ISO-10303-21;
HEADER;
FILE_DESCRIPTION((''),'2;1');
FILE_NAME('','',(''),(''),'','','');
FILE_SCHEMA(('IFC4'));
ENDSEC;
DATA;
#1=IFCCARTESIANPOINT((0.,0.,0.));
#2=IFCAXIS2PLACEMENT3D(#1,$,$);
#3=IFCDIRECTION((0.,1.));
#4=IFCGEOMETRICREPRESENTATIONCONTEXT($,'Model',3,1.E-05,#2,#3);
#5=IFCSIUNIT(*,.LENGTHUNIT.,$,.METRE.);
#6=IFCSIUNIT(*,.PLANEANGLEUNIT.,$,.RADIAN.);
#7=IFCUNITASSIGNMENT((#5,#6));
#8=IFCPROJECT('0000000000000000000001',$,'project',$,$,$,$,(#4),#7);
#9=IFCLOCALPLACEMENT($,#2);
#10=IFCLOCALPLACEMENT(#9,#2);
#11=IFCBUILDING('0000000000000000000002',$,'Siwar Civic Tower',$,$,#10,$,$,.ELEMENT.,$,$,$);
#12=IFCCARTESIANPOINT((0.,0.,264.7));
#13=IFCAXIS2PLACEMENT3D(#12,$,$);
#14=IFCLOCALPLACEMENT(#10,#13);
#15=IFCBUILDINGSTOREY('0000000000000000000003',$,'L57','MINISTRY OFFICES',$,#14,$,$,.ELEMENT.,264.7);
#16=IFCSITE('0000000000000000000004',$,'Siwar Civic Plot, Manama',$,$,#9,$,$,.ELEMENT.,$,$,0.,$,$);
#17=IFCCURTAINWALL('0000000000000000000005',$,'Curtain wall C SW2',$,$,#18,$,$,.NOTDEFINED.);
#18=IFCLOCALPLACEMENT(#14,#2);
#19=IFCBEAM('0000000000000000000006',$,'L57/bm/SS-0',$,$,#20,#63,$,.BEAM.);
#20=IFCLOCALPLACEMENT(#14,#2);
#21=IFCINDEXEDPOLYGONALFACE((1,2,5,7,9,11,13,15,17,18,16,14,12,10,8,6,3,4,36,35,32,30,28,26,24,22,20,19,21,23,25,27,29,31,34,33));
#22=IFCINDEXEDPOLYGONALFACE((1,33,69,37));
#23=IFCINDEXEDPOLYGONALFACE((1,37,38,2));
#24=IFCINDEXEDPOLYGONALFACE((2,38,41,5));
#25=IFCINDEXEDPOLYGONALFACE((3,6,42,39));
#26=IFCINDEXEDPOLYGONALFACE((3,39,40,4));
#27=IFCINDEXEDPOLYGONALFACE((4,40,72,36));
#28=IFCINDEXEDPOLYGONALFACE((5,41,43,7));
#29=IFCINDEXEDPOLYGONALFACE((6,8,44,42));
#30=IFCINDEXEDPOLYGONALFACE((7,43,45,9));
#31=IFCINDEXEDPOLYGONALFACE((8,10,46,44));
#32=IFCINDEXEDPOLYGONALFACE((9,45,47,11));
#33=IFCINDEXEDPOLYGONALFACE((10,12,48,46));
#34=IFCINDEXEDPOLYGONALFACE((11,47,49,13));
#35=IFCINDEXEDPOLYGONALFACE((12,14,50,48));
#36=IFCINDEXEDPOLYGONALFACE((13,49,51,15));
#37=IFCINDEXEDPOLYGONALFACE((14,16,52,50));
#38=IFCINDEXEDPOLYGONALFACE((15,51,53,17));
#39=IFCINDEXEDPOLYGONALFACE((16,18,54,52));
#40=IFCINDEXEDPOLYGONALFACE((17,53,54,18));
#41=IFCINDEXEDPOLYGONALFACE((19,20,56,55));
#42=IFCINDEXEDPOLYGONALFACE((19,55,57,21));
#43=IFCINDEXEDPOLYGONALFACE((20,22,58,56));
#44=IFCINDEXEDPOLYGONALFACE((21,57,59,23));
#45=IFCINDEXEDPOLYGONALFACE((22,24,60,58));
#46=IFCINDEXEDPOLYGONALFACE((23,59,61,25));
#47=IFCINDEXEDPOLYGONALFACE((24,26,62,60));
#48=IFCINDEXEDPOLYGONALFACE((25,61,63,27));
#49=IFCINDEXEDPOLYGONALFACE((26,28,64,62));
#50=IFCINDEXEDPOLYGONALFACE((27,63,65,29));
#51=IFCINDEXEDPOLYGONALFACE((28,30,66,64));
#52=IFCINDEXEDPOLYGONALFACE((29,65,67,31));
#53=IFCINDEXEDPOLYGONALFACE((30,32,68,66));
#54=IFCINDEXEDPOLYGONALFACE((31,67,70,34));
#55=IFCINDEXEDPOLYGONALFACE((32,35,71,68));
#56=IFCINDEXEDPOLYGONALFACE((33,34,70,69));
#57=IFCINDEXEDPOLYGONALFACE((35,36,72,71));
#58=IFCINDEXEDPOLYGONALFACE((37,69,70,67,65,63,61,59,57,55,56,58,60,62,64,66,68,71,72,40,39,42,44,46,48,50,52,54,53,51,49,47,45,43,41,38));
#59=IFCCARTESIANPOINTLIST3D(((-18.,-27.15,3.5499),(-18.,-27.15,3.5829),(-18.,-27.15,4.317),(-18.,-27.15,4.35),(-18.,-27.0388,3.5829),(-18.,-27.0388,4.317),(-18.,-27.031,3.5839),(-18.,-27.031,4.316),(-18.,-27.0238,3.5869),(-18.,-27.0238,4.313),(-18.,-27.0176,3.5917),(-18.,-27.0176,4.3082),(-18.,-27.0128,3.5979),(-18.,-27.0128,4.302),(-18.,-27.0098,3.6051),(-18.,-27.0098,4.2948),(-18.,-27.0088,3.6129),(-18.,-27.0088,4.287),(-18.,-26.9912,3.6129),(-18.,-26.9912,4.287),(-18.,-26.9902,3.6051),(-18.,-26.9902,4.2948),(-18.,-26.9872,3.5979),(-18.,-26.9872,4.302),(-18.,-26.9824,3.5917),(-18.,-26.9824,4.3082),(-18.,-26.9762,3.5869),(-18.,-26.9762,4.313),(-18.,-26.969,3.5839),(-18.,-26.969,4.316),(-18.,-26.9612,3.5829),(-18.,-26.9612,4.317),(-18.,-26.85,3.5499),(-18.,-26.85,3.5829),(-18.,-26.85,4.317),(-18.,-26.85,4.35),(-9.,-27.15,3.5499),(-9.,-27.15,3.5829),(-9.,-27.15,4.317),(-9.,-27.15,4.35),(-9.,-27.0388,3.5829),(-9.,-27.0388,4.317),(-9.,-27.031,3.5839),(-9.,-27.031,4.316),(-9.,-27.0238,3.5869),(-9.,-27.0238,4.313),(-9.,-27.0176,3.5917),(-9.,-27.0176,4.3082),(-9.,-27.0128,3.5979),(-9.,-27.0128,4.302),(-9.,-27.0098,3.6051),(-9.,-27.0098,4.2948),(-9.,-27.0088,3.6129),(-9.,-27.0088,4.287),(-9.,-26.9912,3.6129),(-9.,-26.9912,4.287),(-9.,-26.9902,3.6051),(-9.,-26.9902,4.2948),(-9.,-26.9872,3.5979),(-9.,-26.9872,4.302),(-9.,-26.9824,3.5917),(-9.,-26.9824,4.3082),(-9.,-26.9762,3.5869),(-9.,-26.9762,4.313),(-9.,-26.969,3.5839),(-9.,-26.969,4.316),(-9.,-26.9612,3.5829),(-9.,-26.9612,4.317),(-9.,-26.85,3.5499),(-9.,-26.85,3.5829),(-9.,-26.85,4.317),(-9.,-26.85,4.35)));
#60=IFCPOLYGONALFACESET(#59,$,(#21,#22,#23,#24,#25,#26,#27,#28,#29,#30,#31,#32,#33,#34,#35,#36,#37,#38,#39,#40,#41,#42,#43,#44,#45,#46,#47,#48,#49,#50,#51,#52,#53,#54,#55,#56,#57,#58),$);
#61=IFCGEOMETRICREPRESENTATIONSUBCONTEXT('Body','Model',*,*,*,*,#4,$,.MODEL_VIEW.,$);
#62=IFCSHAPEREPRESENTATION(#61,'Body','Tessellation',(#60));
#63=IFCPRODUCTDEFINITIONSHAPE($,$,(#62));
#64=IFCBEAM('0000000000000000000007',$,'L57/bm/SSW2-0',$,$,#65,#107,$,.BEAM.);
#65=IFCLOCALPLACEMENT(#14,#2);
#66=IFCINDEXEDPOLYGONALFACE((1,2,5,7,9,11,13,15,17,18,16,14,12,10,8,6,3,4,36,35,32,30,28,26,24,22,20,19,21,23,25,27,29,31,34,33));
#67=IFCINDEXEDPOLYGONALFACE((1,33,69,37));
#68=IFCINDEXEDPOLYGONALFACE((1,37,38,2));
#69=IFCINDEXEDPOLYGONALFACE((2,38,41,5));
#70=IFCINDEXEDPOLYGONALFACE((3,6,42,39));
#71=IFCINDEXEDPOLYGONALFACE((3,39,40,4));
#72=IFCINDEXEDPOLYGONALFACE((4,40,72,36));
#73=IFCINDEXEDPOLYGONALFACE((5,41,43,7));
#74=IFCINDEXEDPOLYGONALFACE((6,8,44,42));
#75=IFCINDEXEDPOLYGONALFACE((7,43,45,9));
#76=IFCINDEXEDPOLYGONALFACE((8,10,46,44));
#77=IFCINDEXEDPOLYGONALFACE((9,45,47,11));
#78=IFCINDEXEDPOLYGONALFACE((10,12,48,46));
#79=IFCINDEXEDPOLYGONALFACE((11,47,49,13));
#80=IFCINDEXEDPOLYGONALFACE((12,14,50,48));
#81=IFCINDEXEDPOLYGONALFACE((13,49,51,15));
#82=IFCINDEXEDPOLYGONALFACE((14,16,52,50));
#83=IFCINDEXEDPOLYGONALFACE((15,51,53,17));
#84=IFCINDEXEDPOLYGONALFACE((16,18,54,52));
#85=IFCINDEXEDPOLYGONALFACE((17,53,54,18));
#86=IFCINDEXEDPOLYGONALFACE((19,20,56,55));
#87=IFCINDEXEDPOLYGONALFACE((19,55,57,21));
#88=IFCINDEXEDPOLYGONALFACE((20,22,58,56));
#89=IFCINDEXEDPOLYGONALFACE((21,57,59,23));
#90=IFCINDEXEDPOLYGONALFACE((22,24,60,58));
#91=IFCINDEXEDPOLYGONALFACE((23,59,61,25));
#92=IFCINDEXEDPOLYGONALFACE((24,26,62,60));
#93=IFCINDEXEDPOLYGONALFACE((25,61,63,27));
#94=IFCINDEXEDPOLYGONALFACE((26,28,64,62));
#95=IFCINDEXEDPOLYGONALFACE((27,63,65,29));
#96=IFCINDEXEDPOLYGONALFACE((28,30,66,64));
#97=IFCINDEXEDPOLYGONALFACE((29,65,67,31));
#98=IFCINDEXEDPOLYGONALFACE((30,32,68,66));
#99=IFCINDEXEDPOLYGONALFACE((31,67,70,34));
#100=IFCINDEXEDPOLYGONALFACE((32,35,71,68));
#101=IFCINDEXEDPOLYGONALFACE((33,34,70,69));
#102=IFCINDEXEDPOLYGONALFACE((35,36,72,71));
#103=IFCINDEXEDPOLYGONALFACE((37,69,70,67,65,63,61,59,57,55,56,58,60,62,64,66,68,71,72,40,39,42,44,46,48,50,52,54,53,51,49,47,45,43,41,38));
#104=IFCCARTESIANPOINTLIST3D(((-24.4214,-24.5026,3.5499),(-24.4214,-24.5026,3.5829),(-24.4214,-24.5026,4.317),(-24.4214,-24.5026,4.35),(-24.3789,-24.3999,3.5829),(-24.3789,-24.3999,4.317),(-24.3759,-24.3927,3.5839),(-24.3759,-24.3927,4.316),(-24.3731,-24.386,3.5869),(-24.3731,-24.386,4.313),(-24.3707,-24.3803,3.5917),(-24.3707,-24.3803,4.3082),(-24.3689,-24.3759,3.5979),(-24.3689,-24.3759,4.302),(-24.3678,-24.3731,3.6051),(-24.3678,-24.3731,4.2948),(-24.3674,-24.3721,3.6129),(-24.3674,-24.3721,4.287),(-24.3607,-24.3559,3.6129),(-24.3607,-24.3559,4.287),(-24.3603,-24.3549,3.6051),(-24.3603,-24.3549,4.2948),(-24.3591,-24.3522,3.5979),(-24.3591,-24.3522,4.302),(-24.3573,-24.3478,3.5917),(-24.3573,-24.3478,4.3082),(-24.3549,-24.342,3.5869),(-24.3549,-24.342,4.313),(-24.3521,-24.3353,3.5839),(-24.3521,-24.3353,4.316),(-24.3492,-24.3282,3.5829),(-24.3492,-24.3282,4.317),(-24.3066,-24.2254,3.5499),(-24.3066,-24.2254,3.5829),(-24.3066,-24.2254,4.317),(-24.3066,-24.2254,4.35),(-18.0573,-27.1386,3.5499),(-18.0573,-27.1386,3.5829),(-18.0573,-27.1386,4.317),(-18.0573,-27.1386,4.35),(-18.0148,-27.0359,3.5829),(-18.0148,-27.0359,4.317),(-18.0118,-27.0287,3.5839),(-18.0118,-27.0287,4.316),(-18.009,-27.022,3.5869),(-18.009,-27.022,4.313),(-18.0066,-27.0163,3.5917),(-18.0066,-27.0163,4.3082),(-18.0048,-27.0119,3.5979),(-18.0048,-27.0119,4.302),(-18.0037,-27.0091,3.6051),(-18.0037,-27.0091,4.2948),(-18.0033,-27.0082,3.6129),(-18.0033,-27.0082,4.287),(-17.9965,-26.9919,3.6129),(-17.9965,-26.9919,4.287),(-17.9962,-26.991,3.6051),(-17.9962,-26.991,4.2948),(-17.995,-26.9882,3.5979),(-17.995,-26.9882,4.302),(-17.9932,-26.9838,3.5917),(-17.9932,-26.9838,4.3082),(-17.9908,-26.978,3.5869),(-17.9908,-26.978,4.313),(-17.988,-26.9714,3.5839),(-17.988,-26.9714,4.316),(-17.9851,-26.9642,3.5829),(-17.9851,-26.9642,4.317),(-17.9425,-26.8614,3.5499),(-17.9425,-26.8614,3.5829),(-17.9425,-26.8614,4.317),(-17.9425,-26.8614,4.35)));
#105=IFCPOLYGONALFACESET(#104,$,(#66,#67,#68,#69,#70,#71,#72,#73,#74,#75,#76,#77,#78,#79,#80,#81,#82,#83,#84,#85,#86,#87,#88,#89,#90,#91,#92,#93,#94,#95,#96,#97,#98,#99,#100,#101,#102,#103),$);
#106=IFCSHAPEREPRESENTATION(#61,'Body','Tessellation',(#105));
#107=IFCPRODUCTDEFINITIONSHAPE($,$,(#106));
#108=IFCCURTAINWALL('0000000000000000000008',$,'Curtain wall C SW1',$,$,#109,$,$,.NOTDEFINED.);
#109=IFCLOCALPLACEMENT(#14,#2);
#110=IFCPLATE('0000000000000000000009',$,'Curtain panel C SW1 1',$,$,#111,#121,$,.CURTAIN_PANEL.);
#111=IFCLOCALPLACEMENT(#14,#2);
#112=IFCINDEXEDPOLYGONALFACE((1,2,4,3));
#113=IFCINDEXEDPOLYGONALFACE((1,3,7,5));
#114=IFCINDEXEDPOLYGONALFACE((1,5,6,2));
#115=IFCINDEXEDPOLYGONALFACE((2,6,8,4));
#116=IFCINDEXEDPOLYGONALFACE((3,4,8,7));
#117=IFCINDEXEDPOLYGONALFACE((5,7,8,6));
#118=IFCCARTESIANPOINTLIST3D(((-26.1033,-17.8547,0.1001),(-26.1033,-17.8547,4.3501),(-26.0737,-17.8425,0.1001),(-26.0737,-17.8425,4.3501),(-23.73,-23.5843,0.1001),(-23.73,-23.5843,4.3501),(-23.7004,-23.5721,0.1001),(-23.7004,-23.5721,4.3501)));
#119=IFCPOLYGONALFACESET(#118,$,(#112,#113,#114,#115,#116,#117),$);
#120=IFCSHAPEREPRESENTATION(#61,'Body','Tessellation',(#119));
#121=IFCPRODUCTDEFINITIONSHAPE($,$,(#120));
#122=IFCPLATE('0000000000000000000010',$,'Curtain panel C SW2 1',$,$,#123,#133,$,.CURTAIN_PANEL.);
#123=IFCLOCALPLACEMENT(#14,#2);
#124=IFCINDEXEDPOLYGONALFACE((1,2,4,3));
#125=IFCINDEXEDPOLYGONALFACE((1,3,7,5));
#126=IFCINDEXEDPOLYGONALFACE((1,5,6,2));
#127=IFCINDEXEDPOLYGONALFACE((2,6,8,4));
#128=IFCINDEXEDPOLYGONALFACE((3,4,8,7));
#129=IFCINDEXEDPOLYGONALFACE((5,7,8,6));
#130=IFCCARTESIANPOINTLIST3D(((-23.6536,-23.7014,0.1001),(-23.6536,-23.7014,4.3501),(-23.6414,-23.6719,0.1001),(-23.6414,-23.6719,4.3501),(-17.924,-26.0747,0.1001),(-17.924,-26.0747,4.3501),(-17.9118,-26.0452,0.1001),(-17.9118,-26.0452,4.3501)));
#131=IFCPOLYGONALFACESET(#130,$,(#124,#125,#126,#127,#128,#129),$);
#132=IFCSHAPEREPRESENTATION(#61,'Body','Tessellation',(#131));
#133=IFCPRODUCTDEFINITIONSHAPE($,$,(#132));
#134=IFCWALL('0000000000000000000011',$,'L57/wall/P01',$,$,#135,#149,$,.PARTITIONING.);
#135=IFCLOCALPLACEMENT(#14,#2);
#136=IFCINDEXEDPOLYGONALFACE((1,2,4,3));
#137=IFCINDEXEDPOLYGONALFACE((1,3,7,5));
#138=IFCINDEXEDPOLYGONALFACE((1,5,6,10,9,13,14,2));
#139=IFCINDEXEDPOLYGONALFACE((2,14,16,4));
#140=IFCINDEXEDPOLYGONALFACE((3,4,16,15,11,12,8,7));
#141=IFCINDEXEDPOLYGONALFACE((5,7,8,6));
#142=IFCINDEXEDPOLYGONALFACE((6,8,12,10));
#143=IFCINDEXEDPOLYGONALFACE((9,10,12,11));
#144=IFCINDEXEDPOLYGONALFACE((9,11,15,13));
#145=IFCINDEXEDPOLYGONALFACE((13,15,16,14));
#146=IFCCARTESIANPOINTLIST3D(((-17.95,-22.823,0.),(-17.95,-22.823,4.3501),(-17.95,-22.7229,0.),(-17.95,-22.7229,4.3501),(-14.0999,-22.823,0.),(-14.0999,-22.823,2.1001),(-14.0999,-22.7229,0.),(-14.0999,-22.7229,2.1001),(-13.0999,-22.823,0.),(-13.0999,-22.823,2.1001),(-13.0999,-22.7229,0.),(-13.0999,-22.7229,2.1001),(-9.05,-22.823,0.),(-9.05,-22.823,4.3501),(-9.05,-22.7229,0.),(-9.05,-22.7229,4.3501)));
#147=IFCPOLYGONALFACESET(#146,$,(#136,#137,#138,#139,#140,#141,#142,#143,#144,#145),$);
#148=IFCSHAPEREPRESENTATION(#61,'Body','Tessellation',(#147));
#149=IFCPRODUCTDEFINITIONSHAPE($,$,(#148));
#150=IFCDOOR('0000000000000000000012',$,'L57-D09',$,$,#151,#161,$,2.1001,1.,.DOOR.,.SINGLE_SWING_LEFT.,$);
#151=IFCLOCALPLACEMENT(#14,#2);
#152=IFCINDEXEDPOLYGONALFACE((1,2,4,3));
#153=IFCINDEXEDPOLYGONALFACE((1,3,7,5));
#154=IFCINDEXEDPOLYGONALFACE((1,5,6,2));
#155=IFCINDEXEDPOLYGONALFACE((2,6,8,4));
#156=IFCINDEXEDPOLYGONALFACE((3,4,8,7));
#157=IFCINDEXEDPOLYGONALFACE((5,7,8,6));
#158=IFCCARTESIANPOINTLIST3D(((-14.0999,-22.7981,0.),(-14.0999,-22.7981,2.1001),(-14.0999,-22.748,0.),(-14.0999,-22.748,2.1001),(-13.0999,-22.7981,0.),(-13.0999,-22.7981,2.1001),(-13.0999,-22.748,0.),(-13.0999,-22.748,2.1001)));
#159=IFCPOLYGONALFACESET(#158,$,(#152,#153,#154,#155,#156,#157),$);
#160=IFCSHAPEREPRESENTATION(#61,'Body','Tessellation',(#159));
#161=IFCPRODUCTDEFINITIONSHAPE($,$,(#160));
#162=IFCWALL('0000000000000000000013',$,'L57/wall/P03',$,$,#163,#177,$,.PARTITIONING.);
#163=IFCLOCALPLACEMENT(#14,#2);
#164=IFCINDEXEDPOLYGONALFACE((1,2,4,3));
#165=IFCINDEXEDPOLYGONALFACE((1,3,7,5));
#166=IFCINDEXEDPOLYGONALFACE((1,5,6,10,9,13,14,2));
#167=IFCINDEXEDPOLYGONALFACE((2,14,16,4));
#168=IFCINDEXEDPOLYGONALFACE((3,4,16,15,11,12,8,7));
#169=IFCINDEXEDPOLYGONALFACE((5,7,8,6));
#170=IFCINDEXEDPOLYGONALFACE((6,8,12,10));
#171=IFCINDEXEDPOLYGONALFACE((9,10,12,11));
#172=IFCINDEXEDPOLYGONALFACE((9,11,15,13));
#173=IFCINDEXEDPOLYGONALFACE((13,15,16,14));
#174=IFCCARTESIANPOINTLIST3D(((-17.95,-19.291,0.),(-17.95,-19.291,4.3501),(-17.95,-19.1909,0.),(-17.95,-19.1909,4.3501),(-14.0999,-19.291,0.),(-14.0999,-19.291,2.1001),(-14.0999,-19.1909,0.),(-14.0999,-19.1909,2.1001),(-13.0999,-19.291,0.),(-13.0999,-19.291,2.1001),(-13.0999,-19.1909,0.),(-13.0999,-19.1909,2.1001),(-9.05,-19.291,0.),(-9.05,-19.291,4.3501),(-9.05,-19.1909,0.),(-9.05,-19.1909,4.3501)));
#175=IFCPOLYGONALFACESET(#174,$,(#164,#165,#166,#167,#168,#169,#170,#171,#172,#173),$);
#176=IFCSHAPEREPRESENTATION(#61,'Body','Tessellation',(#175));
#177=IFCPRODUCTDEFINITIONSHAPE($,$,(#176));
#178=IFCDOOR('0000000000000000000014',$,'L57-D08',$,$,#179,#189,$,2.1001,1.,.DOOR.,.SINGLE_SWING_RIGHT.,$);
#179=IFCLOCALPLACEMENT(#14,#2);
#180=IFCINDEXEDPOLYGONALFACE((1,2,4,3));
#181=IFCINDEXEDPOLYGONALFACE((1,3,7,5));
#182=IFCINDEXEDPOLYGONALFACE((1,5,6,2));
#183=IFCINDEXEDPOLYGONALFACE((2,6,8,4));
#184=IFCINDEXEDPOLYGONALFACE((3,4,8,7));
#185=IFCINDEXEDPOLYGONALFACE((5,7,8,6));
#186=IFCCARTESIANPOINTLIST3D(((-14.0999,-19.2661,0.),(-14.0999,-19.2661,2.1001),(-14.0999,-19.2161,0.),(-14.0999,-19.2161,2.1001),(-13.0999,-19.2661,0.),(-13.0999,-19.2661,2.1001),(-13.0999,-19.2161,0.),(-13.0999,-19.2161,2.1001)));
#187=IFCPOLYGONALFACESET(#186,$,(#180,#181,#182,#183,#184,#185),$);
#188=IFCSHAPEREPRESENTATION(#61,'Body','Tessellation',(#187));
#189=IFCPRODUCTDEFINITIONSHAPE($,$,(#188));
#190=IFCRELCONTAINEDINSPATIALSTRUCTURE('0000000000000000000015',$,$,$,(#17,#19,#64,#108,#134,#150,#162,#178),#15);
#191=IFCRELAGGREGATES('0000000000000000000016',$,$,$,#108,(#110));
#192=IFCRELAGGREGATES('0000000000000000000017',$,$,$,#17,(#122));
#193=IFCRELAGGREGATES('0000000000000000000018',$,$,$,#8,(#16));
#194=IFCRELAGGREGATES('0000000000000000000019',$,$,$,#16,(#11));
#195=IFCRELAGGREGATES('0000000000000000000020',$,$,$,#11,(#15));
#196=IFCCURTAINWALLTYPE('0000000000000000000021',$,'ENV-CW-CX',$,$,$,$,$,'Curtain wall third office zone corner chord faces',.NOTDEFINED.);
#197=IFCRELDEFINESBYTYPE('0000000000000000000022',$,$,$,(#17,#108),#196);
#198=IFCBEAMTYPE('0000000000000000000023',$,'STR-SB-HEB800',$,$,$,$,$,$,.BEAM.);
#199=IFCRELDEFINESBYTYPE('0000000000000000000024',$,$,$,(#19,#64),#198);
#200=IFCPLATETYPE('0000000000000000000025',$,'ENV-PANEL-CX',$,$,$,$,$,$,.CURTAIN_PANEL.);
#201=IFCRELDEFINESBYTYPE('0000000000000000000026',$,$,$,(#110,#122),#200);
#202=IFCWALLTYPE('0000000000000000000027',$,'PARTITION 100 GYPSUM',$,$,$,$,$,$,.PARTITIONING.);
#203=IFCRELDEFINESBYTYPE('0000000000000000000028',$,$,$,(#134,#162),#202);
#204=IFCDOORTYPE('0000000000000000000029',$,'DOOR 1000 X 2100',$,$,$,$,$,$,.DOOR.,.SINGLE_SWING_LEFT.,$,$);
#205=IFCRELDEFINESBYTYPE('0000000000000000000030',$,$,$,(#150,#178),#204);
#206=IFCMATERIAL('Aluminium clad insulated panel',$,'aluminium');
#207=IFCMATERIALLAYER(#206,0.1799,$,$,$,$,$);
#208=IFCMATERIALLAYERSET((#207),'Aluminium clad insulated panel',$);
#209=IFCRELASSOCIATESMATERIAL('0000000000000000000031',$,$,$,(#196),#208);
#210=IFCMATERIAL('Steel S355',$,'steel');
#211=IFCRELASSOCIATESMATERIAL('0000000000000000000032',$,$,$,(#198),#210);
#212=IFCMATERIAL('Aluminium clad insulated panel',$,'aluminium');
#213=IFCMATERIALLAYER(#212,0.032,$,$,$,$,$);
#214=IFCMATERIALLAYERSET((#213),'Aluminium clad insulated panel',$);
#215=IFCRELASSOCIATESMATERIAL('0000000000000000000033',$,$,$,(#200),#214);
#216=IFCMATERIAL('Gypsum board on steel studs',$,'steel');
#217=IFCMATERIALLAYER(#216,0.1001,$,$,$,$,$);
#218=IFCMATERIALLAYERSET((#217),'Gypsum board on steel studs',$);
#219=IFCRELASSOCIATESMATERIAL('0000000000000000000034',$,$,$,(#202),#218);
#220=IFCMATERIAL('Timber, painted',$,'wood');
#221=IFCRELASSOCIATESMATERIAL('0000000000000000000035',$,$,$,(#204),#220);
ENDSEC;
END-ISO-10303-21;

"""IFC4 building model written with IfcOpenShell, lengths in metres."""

from ifc_helpers import new_model, si_unit, direction, frame, frame_2d, origin, origin_2d, place, context, subcontext, project, spatial, rectangle, i_section, extrude, material, layer, layer_set, material_profile, profile_set, type_object, element, fill, aggregate, save


model = new_model("IFC4")

# Units and contexts
model_context = context("Model", 3, precision=1e-05, world=origin(), true_north=direction((0.0, 1.0)))
body_context = subcontext(model_context, "Body", "Model", "MODEL_VIEW")
ifc_project = project(units=[si_unit("LENGTHUNIT", "METRE"), si_unit("PLANEANGLEUNIT", "RADIAN")], contexts=[model_context])

# Site, building, storey
site_placement = place(None, origin())
site = spatial("IfcSite", under=ifc_project, at=site_placement, Name="Siwar Civic Plot, Manama", CompositionType="ELEMENT", RefElevation=0.0)
building_placement = place(site_placement, origin())
building = spatial("IfcBuilding", under=site, at=building_placement, Name="Siwar Civic Tower", CompositionType="ELEMENT")
storey_placement = place(building_placement, frame((0.0, 0.0, 264.7)))
storey = spatial("IfcBuildingStorey", under=building, at=storey_placement, Name="L57", Description="MINISTRY OFFICES", CompositionType="ELEMENT", Elevation=264.7)

# Curtain wall
ifc_material_1 = material(Name="Aluminium clad insulated panel", Category="aluminium")
ifc_layer_1 = layer(ifc_material_1, 0.1799)
ifc_layer_set_1 = layer_set([ifc_layer_1], Name="Aluminium clad insulated panel")
curtain_wall_type = type_object("IfcCurtainWallType", Name="ENV-CW-CX", ElementType="Curtain wall third office zone corner chord faces", PredefinedType="NOTDEFINED", material=ifc_layer_set_1)
curtain_wall_1_placement = place(storey_placement, origin())
curtain_wall_1 = element("IfcCurtainWall", 1, at=curtain_wall_1_placement, inside=storey, type_object=curtain_wall_type, Name="Curtain wall C SW2", PredefinedType="NOTDEFINED")

# Beams
ifc_material_2 = material(Name="Steel S355", Category="steel")
ifc_material_profile_1 = material_profile(ifc_material_2, i_section(OverallWidth=0.3, OverallDepth=0.8, WebThickness=0.0176, FlangeThickness=0.033, FilletRadius=0.03, at=origin_2d()), Name="HEB800")
ifc_profile_set_1 = profile_set([ifc_material_profile_1], Name="Steel S355")
beam_type_1 = type_object("IfcBeamType", Name="STR-SB-HEB800", PredefinedType="BEAM", material=ifc_profile_set_1)
beam_1_placement = place(storey_placement, frame((-18.0, -27.0, 3.95), z_axis=(1.0, 0.0, 0.0), x_axis=(0.0, 1.0, 0.0)))
element("IfcBeam", 2, at=beam_1_placement, inside=storey, type_object=beam_type_1, Name="L57/bm/SS-0", PredefinedType="BEAM", context=body_context, shape_type="SweptSolid", body=[
    extrude(i_section(OverallWidth=0.3, OverallDepth=0.8, WebThickness=0.0176, FlangeThickness=0.033, FilletRadius=0.03, at=origin_2d()), origin(), (0.0, 0.0, 1.0), 9.0),
])
beam_2_placement = place(storey_placement, frame((-24.364, -24.364, 3.95), z_axis=(0.923883, -0.382674, 0.0), x_axis=(0.382674, 0.923883, 0.0)))
element("IfcBeam", 3, at=beam_2_placement, inside=storey, type_object=beam_type_1, Name="L57/bm/SSW2-0", PredefinedType="BEAM", context=body_context, shape_type="SweptSolid", body=[
    extrude(i_section(OverallWidth=0.3, OverallDepth=0.8, WebThickness=0.0176, FlangeThickness=0.033, FilletRadius=0.03, at=origin_2d()), origin(), (0.0, 0.0, 1.0), 6.8884),
])

# Curtain wall, plate
curtain_wall_2_placement = place(storey_placement, origin())
curtain_wall_2 = element("IfcCurtainWall", 4, at=curtain_wall_2_placement, inside=storey, type_object=curtain_wall_type, Name="Curtain wall C SW1", PredefinedType="NOTDEFINED")
ifc_material_3 = material(Name="Aluminium clad insulated panel", Category="aluminium")
ifc_layer_2 = layer(ifc_material_3, 0.032)
ifc_layer_set_2 = layer_set([ifc_layer_2], Name="Aluminium clad insulated panel")
plate_type = type_object("IfcPlateType", Name="ENV-PANEL-CX", PredefinedType="CURTAIN_PANEL", material=ifc_layer_set_2)
plate_1_placement = place(storey_placement, frame((-24.9019, -20.7134, 0.1001), z_axis=(0.0, 0.0, 1.0), x_axis=(0.382683, -0.92388, 0.0)))
plate_1 = element("IfcPlate", 5, at=plate_1_placement, type_object=plate_type, Name="Curtain panel C SW1 1", PredefinedType="CURTAIN_PANEL", context=body_context, shape_type="SweptSolid", body=[
    extrude(rectangle(XDim=6.2017, YDim=0.032, at=origin_2d()), origin(), (0.0, 0.0, 1.0), 4.25),
])
aggregate(curtain_wall_2, [plate_1])

# Plate
plate_2_placement = place(storey_placement, frame((-20.7827, -24.8733, 0.1001), z_axis=(0.0, 0.0, 1.0), x_axis=(0.92388, -0.382683, 0.0)))
plate_2 = element("IfcPlate", 6, at=plate_2_placement, type_object=plate_type, Name="Curtain panel C SW2 1", PredefinedType="CURTAIN_PANEL", context=body_context, shape_type="SweptSolid", body=[
    extrude(rectangle(XDim=6.2017, YDim=0.032, at=origin_2d()), origin(), (0.0, 0.0, 1.0), 4.25),
])
aggregate(curtain_wall_1, [plate_2])

# Walls, openings, doors
ifc_material_4 = material(Name="Gypsum board on steel studs", Category="steel")
ifc_layer_3 = layer(ifc_material_4, 0.1001)
ifc_layer_set_3 = layer_set([ifc_layer_3], Name="Gypsum board on steel studs")
wall_type = type_object("IfcWallType", Name="PARTITION 100 GYPSUM", PredefinedType="PARTITIONING", material=ifc_layer_set_3)
wall_1_placement = place(storey_placement, frame((-17.95, -22.7729, 0.0), z_axis=(0.0, 0.0, 1.0), x_axis=(1.0, 0.0, 0.0)))
wall_1 = element("IfcWall", 7, at=wall_1_placement, inside=storey, type_object=wall_type, Name="L57/wall/P01", PredefinedType="PARTITIONING", context=body_context, shape_type="SweptSolid", body=[
    extrude(rectangle(XDim=8.8999, YDim=0.1001, at=frame_2d((4.45, 0.0))), origin(), (0.0, 0.0, 1.0), 4.3501),
])
opening_1_placement = place(wall_1_placement, frame((3.8501, 0.0, 0.0)))
opening_1 = element("IfcOpeningElement", 8, at=opening_1_placement, cuts=wall_1, PredefinedType="OPENING", context=body_context, shape_type="SweptSolid", body=[
    extrude(rectangle(XDim=1.0, YDim=2.1001, at=frame_2d((0.5, 1.05))), frame((0.0, 0.0601, 0.0), z_axis=(0.0, -1.0, 0.0), x_axis=(1.0, 0.0, 0.0)), (0.0, 0.0, 1.0), 0.1201),
])
ifc_material_5 = material(Name="Timber, painted", Category="wood")
door_type = type_object("IfcDoorType", Name="DOOR 1000 X 2100", OperationType="SINGLE_SWING_LEFT", PredefinedType="DOOR", material=ifc_material_5)
door_1_placement = place(opening_1_placement, origin())
door_1 = element("IfcDoor", 9, at=door_1_placement, inside=storey, type_object=door_type, Name="L57-D09", OperationType="SINGLE_SWING_LEFT", OverallHeight=2.1001, OverallWidth=1.0, PredefinedType="DOOR", context=body_context, shape_type="SweptSolid", body=[
    extrude(rectangle(XDim=1.0, YDim=2.1001, at=frame_2d((0.5, 1.05))), frame((0.0, 0.0249, 0.0), z_axis=(0.0, -1.0, 0.0), x_axis=(1.0, 0.0, 0.0)), (0.0, 0.0, 1.0), 0.05),
])
fill(opening_1, door_1)
wall_2_placement = place(storey_placement, frame((-17.95, -19.241, 0.0), z_axis=(0.0, 0.0, 1.0), x_axis=(1.0, 0.0, 0.0)))
wall_2 = element("IfcWall", 10, at=wall_2_placement, inside=storey, type_object=wall_type, Name="L57/wall/P03", PredefinedType="PARTITIONING", context=body_context, shape_type="SweptSolid", body=[
    extrude(rectangle(XDim=8.8999, YDim=0.1001, at=frame_2d((4.45, 0.0))), origin(), (0.0, 0.0, 1.0), 4.3501),
])
opening_2_placement = place(wall_2_placement, frame((3.8501, 0.0, 0.0)))
opening_2 = element("IfcOpeningElement", 11, at=opening_2_placement, cuts=wall_2, PredefinedType="OPENING", context=body_context, shape_type="SweptSolid", body=[
    extrude(rectangle(XDim=1.0, YDim=2.1001, at=frame_2d((0.5, 1.05))), frame((0.0, 0.0601, 0.0), z_axis=(0.0, -1.0, 0.0), x_axis=(1.0, 0.0, 0.0)), (0.0, 0.0, 1.0), 0.1201),
])
door_2_placement = place(opening_2_placement, origin())
door_2 = element("IfcDoor", 12, at=door_2_placement, inside=storey, type_object=door_type, Name="L57-D08", OperationType="SINGLE_SWING_RIGHT", OverallHeight=2.1001, OverallWidth=1.0, PredefinedType="DOOR", context=body_context, shape_type="SweptSolid", body=[
    extrude(rectangle(XDim=1.0, YDim=2.1001, at=frame_2d((0.5, 1.05))), frame((0.0, 0.0249, 0.0), z_axis=(0.0, -1.0, 0.0), x_axis=(1.0, 0.0, 0.0)), (0.0, 0.0, 1.0), 0.05),
])
fill(opening_2, door_2)

save(model, "model.ifc")
